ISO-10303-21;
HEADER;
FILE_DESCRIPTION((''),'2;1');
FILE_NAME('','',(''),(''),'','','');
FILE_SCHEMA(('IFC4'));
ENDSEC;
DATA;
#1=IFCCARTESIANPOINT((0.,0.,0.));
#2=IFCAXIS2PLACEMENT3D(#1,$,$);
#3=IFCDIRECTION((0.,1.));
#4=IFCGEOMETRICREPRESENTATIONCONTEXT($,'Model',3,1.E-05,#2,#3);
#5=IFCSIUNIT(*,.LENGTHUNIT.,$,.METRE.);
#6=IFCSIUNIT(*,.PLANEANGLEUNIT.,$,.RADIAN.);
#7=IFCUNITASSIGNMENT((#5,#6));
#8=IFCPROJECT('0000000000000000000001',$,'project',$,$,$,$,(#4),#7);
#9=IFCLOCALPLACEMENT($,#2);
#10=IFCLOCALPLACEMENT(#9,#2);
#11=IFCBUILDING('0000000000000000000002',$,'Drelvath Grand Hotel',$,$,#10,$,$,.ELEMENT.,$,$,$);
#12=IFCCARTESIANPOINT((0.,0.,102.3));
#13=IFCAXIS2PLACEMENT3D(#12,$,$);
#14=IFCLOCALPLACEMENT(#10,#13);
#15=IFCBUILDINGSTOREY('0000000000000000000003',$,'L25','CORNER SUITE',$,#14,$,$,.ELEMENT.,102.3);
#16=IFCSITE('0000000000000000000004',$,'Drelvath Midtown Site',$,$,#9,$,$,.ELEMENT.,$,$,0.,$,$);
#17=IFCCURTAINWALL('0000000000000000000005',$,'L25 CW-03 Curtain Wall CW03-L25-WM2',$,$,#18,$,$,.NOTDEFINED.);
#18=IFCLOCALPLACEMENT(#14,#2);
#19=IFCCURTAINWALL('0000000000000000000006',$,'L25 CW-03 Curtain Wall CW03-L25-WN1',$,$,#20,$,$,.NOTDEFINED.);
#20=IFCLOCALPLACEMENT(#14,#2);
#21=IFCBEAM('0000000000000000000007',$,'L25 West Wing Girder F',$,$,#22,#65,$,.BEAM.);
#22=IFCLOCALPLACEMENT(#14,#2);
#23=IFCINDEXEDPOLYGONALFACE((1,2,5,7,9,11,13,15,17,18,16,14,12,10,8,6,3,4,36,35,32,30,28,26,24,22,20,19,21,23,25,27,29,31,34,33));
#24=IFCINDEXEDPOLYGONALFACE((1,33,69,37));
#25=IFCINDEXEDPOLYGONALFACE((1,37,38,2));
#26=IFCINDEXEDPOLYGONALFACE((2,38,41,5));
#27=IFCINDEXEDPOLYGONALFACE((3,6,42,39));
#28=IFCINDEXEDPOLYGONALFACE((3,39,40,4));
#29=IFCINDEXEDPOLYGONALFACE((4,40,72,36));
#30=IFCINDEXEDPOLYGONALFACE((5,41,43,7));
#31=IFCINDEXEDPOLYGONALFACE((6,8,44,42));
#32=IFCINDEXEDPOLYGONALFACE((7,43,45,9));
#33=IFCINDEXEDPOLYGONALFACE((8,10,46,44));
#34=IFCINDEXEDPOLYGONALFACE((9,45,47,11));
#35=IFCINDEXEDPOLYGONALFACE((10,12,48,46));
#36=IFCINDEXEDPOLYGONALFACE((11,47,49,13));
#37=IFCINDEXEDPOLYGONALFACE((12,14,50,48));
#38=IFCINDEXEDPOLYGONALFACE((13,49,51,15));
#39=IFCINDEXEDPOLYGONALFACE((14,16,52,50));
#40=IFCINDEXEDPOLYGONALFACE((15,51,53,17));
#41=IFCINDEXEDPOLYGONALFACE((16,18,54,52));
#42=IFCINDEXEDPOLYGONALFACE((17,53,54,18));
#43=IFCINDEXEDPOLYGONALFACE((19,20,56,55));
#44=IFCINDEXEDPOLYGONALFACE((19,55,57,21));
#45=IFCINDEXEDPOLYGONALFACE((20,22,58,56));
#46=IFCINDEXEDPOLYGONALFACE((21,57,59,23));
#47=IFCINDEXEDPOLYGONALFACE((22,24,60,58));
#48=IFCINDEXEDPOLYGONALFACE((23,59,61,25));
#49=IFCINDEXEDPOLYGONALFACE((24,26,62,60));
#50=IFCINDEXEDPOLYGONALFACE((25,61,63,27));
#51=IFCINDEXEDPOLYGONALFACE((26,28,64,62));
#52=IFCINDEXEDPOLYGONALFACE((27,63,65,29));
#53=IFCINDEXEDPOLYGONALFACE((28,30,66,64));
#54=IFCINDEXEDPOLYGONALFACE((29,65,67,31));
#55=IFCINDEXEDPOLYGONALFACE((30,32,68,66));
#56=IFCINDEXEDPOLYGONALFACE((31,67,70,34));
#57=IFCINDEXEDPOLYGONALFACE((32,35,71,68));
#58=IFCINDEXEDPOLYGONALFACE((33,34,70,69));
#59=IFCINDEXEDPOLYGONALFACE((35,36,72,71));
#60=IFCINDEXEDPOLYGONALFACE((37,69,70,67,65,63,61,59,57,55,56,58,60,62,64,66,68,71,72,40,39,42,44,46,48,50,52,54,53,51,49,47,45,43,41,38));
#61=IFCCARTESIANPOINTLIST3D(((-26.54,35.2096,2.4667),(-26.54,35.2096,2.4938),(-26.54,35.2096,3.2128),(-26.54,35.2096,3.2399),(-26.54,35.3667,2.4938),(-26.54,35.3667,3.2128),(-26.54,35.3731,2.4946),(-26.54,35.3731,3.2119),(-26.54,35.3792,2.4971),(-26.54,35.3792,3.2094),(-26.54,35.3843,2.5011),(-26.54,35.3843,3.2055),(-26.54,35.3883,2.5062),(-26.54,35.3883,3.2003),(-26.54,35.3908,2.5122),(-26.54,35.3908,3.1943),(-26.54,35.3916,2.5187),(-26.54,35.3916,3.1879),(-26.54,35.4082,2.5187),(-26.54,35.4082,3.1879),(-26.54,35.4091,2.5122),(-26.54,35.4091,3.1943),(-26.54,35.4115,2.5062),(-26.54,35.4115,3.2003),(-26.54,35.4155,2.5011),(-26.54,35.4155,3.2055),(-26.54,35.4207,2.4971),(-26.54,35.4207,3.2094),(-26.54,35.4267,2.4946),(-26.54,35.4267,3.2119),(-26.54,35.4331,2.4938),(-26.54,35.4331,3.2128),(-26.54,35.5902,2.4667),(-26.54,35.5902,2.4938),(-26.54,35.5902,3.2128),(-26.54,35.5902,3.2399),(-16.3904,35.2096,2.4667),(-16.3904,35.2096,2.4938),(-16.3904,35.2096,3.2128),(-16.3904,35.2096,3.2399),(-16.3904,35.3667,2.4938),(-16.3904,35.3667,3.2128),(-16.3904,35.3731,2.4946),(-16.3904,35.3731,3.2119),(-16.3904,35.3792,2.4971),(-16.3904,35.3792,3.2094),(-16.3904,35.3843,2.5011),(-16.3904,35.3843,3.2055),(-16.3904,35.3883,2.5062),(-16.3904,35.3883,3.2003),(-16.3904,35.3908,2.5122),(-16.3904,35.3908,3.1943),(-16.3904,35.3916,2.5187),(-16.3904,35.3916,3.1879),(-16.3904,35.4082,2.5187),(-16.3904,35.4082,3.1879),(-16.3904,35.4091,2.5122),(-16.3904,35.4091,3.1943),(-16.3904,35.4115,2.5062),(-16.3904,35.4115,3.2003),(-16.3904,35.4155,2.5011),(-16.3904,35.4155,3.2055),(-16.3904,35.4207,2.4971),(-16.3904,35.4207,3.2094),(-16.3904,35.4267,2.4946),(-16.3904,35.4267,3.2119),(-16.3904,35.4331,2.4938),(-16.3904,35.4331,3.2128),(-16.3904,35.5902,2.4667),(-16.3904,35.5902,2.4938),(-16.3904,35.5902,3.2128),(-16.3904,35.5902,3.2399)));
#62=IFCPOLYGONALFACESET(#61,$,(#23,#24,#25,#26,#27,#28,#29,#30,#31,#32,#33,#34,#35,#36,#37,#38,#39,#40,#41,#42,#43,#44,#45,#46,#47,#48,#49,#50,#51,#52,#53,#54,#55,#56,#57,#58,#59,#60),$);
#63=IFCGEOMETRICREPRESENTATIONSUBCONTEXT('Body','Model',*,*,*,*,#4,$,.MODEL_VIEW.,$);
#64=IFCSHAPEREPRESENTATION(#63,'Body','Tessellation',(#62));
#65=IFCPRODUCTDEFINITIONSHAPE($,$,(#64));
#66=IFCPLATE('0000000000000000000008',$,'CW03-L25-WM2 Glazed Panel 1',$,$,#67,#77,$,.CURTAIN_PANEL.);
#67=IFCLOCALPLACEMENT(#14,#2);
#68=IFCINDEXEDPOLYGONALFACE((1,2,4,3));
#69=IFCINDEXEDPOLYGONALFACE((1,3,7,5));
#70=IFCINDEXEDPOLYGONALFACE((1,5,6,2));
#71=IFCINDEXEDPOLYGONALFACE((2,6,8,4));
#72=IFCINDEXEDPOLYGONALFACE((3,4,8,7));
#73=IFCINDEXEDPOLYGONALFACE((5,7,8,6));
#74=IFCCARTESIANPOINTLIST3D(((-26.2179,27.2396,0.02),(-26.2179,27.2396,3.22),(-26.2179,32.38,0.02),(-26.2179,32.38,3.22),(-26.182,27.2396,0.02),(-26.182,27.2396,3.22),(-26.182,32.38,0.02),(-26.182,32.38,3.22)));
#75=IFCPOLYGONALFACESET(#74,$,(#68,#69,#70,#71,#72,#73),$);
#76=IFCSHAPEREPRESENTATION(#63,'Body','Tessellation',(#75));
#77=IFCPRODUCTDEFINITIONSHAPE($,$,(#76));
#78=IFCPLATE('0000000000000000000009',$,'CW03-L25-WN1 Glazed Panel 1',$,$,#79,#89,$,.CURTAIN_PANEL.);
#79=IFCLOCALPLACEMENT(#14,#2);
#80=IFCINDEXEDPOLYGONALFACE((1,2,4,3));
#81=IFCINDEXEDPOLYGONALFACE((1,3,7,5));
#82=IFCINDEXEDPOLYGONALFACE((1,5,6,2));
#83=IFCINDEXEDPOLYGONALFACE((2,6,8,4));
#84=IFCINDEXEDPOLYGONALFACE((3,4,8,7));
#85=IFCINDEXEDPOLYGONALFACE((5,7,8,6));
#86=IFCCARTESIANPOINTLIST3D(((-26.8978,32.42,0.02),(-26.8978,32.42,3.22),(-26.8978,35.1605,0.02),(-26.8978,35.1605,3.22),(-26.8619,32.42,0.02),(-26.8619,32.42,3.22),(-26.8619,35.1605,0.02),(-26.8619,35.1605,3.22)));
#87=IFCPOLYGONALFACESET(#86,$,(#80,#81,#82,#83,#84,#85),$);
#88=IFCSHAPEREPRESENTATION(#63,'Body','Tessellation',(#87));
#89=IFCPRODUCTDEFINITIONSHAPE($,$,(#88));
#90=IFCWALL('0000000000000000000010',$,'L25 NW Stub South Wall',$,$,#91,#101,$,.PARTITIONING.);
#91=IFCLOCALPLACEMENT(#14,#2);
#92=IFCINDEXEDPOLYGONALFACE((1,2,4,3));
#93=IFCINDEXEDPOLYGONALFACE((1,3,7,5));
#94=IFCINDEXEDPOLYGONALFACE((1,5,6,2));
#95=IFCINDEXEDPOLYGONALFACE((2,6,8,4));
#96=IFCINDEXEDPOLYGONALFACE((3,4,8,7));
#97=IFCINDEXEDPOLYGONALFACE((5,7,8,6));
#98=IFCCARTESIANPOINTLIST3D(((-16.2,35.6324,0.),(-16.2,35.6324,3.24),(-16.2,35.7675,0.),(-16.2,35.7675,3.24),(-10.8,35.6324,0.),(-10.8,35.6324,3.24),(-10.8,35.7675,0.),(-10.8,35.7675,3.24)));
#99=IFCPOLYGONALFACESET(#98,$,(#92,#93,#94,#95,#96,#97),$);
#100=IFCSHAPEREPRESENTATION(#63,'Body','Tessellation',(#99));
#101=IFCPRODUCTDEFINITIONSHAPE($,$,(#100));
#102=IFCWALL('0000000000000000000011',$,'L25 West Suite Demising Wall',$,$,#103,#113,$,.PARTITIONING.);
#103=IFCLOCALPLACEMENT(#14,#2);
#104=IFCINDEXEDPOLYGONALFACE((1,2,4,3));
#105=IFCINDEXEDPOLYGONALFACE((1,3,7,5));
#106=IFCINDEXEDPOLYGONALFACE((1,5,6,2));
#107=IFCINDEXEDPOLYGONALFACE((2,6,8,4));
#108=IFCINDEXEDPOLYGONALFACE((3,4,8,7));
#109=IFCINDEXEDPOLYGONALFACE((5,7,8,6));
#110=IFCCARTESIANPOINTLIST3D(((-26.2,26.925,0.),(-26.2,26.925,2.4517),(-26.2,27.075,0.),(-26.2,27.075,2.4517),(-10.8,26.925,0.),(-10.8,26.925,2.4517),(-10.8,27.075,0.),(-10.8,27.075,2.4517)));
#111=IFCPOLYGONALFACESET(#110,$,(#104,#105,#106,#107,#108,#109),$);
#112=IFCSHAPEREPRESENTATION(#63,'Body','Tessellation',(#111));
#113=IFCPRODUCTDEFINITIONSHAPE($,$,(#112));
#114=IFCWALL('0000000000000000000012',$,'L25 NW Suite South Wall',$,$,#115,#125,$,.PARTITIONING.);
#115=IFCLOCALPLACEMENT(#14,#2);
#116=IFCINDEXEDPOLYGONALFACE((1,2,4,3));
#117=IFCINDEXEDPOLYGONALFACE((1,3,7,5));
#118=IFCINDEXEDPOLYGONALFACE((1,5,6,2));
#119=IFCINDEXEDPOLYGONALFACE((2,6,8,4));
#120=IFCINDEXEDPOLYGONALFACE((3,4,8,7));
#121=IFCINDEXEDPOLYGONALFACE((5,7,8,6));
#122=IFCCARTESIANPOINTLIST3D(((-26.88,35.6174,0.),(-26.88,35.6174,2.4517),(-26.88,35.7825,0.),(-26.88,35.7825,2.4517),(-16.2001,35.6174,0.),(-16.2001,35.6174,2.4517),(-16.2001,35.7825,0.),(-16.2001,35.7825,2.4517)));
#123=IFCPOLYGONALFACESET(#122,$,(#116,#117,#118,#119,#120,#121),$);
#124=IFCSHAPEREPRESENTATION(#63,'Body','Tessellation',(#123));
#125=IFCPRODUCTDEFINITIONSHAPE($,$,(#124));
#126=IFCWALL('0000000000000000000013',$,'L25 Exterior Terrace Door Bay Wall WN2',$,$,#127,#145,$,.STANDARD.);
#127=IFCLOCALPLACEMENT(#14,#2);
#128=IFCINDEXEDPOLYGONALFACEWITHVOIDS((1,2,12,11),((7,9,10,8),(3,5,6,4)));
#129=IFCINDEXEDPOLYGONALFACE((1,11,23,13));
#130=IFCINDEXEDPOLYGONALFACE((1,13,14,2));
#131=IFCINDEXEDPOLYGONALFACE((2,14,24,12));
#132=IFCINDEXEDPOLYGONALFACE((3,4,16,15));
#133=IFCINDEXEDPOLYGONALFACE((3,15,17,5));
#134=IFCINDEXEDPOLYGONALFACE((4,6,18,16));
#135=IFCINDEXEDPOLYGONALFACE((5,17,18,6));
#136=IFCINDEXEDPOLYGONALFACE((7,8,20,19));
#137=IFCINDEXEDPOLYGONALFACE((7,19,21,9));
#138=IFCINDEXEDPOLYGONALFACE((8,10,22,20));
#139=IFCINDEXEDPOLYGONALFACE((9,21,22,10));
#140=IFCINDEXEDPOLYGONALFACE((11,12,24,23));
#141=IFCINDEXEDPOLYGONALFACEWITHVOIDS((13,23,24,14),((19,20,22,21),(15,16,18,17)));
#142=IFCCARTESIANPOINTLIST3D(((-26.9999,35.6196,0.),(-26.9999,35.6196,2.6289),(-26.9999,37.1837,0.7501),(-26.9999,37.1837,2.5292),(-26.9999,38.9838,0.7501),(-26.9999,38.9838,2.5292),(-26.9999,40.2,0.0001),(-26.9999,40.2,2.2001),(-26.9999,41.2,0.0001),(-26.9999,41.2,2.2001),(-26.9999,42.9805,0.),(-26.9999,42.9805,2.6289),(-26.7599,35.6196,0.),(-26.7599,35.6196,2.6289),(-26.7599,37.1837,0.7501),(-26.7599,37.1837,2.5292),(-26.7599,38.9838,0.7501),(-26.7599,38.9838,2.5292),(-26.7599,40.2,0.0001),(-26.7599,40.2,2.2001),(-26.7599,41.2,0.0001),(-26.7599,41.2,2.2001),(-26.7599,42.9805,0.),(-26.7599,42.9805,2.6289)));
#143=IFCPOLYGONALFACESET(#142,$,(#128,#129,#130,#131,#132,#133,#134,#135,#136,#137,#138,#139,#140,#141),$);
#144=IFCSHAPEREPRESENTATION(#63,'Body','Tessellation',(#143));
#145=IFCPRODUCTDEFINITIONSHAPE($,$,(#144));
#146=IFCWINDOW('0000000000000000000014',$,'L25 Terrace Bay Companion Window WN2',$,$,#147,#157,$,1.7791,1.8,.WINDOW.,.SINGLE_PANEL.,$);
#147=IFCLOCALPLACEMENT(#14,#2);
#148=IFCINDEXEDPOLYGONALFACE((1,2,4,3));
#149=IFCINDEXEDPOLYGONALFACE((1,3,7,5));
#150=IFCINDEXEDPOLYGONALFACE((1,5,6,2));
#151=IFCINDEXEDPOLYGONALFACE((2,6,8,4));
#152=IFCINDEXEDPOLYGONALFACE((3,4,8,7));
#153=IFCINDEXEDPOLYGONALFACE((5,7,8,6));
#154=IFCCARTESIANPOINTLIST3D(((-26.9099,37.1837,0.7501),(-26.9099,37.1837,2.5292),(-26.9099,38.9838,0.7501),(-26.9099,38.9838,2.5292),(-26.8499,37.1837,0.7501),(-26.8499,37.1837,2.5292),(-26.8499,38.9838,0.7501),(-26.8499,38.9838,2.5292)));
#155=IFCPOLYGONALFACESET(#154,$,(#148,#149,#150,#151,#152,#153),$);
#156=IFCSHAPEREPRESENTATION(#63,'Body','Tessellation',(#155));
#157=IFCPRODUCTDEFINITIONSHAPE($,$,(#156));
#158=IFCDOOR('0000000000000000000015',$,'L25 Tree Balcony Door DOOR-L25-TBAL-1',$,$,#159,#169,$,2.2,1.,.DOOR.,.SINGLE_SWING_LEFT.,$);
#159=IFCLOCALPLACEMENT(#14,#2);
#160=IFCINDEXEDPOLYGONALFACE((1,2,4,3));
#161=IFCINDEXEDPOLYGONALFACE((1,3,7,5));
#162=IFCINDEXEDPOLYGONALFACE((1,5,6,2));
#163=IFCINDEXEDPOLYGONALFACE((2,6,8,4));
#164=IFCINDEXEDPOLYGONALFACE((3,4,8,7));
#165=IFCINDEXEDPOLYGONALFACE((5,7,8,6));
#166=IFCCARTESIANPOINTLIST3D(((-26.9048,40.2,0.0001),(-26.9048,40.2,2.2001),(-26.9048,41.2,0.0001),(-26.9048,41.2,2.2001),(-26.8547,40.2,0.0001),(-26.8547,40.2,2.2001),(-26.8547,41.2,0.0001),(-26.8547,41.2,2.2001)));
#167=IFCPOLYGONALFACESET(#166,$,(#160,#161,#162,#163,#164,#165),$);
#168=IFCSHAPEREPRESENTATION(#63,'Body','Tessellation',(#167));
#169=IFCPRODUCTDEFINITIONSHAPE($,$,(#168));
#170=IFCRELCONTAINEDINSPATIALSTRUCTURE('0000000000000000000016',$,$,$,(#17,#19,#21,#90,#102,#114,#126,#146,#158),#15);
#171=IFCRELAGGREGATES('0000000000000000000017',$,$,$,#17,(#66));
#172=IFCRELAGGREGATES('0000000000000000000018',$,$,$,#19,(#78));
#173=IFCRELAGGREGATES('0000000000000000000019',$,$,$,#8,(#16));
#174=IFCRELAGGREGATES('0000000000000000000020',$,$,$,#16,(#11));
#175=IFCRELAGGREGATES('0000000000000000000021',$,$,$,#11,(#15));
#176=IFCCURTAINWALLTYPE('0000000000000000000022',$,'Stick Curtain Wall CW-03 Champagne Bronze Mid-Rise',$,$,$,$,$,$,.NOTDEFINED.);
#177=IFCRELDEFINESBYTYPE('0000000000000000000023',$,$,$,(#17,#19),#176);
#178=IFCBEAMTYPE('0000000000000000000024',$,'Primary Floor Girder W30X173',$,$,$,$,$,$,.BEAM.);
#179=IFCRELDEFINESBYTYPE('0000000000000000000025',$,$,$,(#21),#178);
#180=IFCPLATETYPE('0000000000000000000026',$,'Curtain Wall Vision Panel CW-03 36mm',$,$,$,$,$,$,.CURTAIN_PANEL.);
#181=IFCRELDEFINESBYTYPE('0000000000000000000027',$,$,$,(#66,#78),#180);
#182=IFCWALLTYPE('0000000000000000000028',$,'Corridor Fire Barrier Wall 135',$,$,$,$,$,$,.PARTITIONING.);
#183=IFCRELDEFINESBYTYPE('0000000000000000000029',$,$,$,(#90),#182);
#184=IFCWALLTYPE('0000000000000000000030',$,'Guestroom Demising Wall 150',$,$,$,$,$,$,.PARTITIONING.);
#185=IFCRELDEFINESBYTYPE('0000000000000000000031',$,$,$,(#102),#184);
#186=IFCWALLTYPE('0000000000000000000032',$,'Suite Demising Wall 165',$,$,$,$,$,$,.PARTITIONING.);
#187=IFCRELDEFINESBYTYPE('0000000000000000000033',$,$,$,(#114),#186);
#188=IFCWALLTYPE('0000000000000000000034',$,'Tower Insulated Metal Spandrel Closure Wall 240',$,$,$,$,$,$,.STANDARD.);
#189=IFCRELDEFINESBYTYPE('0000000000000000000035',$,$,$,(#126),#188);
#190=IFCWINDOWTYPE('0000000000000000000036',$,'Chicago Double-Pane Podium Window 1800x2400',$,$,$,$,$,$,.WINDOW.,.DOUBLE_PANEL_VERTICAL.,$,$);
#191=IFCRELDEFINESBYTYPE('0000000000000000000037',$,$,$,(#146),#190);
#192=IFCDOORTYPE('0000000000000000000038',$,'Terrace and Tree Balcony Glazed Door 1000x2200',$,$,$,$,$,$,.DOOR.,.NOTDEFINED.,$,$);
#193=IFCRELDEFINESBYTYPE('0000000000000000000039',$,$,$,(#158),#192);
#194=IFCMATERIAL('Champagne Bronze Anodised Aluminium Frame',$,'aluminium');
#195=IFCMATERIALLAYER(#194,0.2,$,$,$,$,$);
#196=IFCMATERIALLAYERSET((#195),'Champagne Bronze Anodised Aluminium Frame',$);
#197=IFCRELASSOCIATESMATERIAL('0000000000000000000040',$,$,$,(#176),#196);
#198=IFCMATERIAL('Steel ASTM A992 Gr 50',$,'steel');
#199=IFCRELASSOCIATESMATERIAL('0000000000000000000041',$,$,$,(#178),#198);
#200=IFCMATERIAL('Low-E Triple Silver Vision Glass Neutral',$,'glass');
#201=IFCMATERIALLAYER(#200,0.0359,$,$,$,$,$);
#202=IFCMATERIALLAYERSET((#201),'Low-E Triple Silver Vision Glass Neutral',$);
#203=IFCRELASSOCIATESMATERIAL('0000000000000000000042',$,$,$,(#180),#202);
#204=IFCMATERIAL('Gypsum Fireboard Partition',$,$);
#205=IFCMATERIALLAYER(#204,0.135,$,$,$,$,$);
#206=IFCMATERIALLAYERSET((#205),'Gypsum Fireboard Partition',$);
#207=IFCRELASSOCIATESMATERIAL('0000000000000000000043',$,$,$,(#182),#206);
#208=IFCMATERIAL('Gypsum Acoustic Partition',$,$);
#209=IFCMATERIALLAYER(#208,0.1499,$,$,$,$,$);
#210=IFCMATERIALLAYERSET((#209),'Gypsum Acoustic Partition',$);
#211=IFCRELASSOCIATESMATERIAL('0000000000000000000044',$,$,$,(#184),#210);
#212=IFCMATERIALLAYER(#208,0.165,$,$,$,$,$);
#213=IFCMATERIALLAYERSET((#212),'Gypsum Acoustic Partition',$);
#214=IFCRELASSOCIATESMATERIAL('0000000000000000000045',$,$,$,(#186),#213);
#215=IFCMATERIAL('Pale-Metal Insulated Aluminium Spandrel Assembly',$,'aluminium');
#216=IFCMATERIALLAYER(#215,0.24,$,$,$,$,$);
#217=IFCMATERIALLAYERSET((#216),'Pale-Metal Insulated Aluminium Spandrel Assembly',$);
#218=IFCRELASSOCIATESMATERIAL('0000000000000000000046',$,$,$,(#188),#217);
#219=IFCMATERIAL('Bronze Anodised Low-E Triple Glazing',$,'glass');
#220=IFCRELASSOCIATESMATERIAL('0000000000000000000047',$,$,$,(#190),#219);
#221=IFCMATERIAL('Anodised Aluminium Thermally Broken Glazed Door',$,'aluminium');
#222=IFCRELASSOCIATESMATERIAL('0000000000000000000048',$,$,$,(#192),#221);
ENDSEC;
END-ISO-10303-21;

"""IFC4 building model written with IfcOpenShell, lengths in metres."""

from ifc_helpers import new_model, si_unit, direction, frame, frame_2d, origin, origin_2d, place, context, subcontext, project, spatial, rectangle, i_section, extrude, material, layer, layer_set, material_profile, profile_set, type_object, element, fill, aggregate, save


model = new_model("IFC4")

# Units and contexts
model_context = context("Model", 3, precision=1e-05, world=origin(), true_north=direction((0.0, 1.0)))
body_context = subcontext(model_context, "Body", "Model", "MODEL_VIEW")
ifc_project = project(units=[si_unit("LENGTHUNIT", "METRE"), si_unit("PLANEANGLEUNIT", "RADIAN")], contexts=[model_context])

# Site, building, storey
site_placement = place(None, origin())
site = spatial("IfcSite", under=ifc_project, at=site_placement, Name="Drelvath Midtown Site", CompositionType="ELEMENT", RefElevation=0.0)
building_placement = place(site_placement, origin())
building = spatial("IfcBuilding", under=site, at=building_placement, Name="Drelvath Grand Hotel", CompositionType="ELEMENT")
storey_placement = place(building_placement, frame((0.0, 0.0, 102.3)))
storey = spatial("IfcBuildingStorey", under=building, at=storey_placement, Name="L25", Description="CORNER SUITE", CompositionType="ELEMENT", Elevation=102.3)

# Curtain walls
ifc_material_1 = material(Name="Champagne Bronze Anodised Aluminium Frame", Category="aluminium")
ifc_layer_1 = layer(ifc_material_1, 0.2)
ifc_layer_set_1 = layer_set([ifc_layer_1], Name="Champagne Bronze Anodised Aluminium Frame")
curtain_wall_type = type_object("IfcCurtainWallType", Name="Stick Curtain Wall CW-03 Champagne Bronze Mid-Rise", PredefinedType="NOTDEFINED", material=ifc_layer_set_1)
curtain_wall_1_placement = place(storey_placement, origin())
curtain_wall_1 = element("IfcCurtainWall", 1, at=curtain_wall_1_placement, inside=storey, type_object=curtain_wall_type, Name="L25 CW-03 Curtain Wall CW03-L25-WM2", PredefinedType="NOTDEFINED")
curtain_wall_2_placement = place(storey_placement, origin())
curtain_wall_2 = element("IfcCurtainWall", 2, at=curtain_wall_2_placement, inside=storey, type_object=curtain_wall_type, Name="L25 CW-03 Curtain Wall CW03-L25-WN1", PredefinedType="NOTDEFINED")

# Beam
ifc_material_2 = material(Name="Steel ASTM A992 Gr 50", Category="steel")
ifc_material_profile_1 = material_profile(ifc_material_2, i_section(OverallWidth=0.3806, OverallDepth=0.7732, WebThickness=0.0166, FlangeThickness=0.0271, FilletRadius=0.0249, at=origin_2d()), Name="W30X173")
ifc_profile_set_1 = profile_set([ifc_material_profile_1], Name="Steel ASTM A992 Gr 50")
beam_type_1 = type_object("IfcBeamType", Name="Primary Floor Girder W30X173", PredefinedType="BEAM", material=ifc_profile_set_1)
beam_1_placement = place(storey_placement, frame((-26.54, 35.3999, 2.8533), z_axis=(1.0, 0.0, 0.0), x_axis=(0.0, 1.0, 0.0)))
element("IfcBeam", 3, at=beam_1_placement, inside=storey, type_object=beam_type_1, Name="L25 West Wing Girder F", PredefinedType="BEAM", context=body_context, shape_type="SweptSolid", body=[
    extrude(i_section(OverallWidth=0.3806, OverallDepth=0.7732, WebThickness=0.0166, FlangeThickness=0.0271, FilletRadius=0.0249, at=origin_2d()), origin(), (0.0, 0.0, 1.0), 10.1497),
])

# Plates
ifc_material_3 = material(Name="Low-E Triple Silver Vision Glass Neutral", Category="glass")
ifc_layer_2 = layer(ifc_material_3, 0.0359)
ifc_layer_set_2 = layer_set([ifc_layer_2], Name="Low-E Triple Silver Vision Glass Neutral")
plate_type = type_object("IfcPlateType", Name="Curtain Wall Vision Panel CW-03 36mm", PredefinedType="CURTAIN_PANEL", material=ifc_layer_set_2)
plate_1_placement = place(storey_placement, frame((-26.2, 29.8098, 0.02), z_axis=(0.0, 0.0, 1.0), x_axis=(0.0, 1.0, 0.0)))
plate_1 = element("IfcPlate", 4, at=plate_1_placement, type_object=plate_type, Name="CW03-L25-WM2 Glazed Panel 1", PredefinedType="CURTAIN_PANEL", context=body_context, shape_type="SweptSolid", body=[
    extrude(rectangle(XDim=5.1404, YDim=0.0359, at=origin_2d()), origin(), (0.0, 0.0, 1.0), 3.2),
])
aggregate(curtain_wall_1, [plate_1])
plate_2_placement = place(storey_placement, frame((-26.8799, 33.7903, 0.02), z_axis=(0.0, 0.0, 1.0), x_axis=(0.0, 1.0, 0.0)))
plate_2 = element("IfcPlate", 5, at=plate_2_placement, type_object=plate_type, Name="CW03-L25-WN1 Glazed Panel 1", PredefinedType="CURTAIN_PANEL", context=body_context, shape_type="SweptSolid", body=[
    extrude(rectangle(XDim=2.7405, YDim=0.0359, at=origin_2d()), origin(), (0.0, 0.0, 1.0), 3.2),
])
aggregate(curtain_wall_2, [plate_2])

# Walls
ifc_material_4 = material(Name="Gypsum Fireboard Partition")
ifc_layer_3 = layer(ifc_material_4, 0.135)
ifc_layer_set_3 = layer_set([ifc_layer_3], Name="Gypsum Fireboard Partition")
wall_type_1 = type_object("IfcWallType", Name="Corridor Fire Barrier Wall 135", PredefinedType="PARTITIONING", material=ifc_layer_set_3)
wall_1_placement = place(storey_placement, frame((-16.2, 35.7, 0.0), z_axis=(0.0, 0.0, 1.0), x_axis=(1.0, 0.0, 0.0)))
element("IfcWall", 6, at=wall_1_placement, inside=storey, type_object=wall_type_1, Name="L25 NW Stub South Wall", PredefinedType="PARTITIONING", context=body_context, shape_type="SweptSolid", body=[
    extrude(rectangle(XDim=5.3999, YDim=0.135, at=frame_2d((2.7, 0.0))), origin(), (0.0, 0.0, 1.0), 3.24),
])
ifc_material_5 = material(Name="Gypsum Acoustic Partition")
ifc_layer_4 = layer(ifc_material_5, 0.1499)
ifc_layer_set_4 = layer_set([ifc_layer_4], Name="Gypsum Acoustic Partition")
wall_type_2 = type_object("IfcWallType", Name="Guestroom Demising Wall 150", PredefinedType="PARTITIONING", material=ifc_layer_set_4)
wall_2_placement = place(storey_placement, frame((-26.2, 27.0, 0.0), z_axis=(0.0, 0.0, 1.0), x_axis=(1.0, 0.0, 0.0)))
element("IfcWall", 7, at=wall_2_placement, inside=storey, type_object=wall_type_2, Name="L25 West Suite Demising Wall", PredefinedType="PARTITIONING", context=body_context, shape_type="SweptSolid", body=[
    extrude(rectangle(XDim=15.3999, YDim=0.1499, at=frame_2d((7.7, 0.0))), origin(), (0.0, 0.0, 1.0), 2.4517),
])
ifc_layer_5 = layer(ifc_material_5, 0.165)
ifc_layer_set_5 = layer_set([ifc_layer_5], Name="Gypsum Acoustic Partition")
wall_type_3 = type_object("IfcWallType", Name="Suite Demising Wall 165", PredefinedType="PARTITIONING", material=ifc_layer_set_5)
wall_3_placement = place(storey_placement, frame((-26.8799, 35.7, 0.0), z_axis=(0.0, 0.0, 1.0), x_axis=(1.0, 0.0, 0.0)))
element("IfcWall", 8, at=wall_3_placement, inside=storey, type_object=wall_type_3, Name="L25 NW Suite South Wall", PredefinedType="PARTITIONING", context=body_context, shape_type="SweptSolid", body=[
    extrude(rectangle(XDim=10.6799, YDim=0.165, at=frame_2d((5.3398, 0.0))), origin(), (0.0, 0.0, 1.0), 2.4517),
])

# Wall, openings, window, door
ifc_material_6 = material(Name="Pale-Metal Insulated Aluminium Spandrel Assembly", Category="aluminium")
ifc_layer_6 = layer(ifc_material_6, 0.24)
ifc_layer_set_6 = layer_set([ifc_layer_6], Name="Pale-Metal Insulated Aluminium Spandrel Assembly")
wall_type_4 = type_object("IfcWallType", Name="Tower Insulated Metal Spandrel Closure Wall 240", PredefinedType="STANDARD", material=ifc_layer_set_6)
wall_4_placement = place(storey_placement, frame((-26.8799, 35.6196, 0.0), z_axis=(0.0, 0.0, 1.0), x_axis=(0.0, 1.0, 0.0)))
wall_4 = element("IfcWall", 9, at=wall_4_placement, inside=storey, type_object=wall_type_4, Name="L25 Exterior Terrace Door Bay Wall WN2", PredefinedType="STANDARD", context=body_context, shape_type="SweptSolid", body=[
    extrude(rectangle(XDim=7.3608, YDim=0.24, at=frame_2d((3.6804, 0.0))), origin(), (0.0, 0.0, 1.0), 2.6289),
])
opening_1_placement = place(wall_4_placement, frame((4.5803, 0.0, 0.0)))
opening_1 = element("IfcOpeningElement", 10, at=opening_1_placement, cuts=wall_4, PredefinedType="OPENING", context=body_context, shape_type="SweptSolid", body=[
    extrude(rectangle(XDim=1.0, YDim=2.2, at=frame_2d((0.5, 1.1001))), frame((0.0, 0.1299, 0.0), z_axis=(0.0, -1.0, 0.0), x_axis=(1.0, 0.0, 0.0)), (0.0, 0.0, 1.0), 0.26),
])
opening_2_placement = place(wall_4_placement, frame((1.5642, 0.0, 0.75)))
opening_2 = element("IfcOpeningElement", 11, at=opening_2_placement, cuts=wall_4, PredefinedType="OPENING", context=body_context, shape_type="SweptSolid", body=[
    extrude(rectangle(XDim=1.8, YDim=1.7791, at=frame_2d((0.8999, 0.8896))), frame((0.0, 0.1299, 0.0), z_axis=(0.0, -1.0, 0.0), x_axis=(1.0, 0.0, 0.0)), (0.0, 0.0, 1.0), 0.26),
])
ifc_material_7 = material(Name="Bronze Anodised Low-E Triple Glazing", Category="glass")
window_type = type_object("IfcWindowType", Name="Chicago Double-Pane Podium Window 1800x2400", PartitioningType="DOUBLE_PANEL_VERTICAL", PredefinedType="WINDOW", material=ifc_material_7)
window_placement = place(opening_2_placement, origin())
window = element("IfcWindow", 12, at=window_placement, inside=storey, type_object=window_type, Name="L25 Terrace Bay Companion Window WN2", OverallHeight=1.7791, OverallWidth=1.8, PartitioningType="SINGLE_PANEL", PredefinedType="WINDOW", context=body_context, shape_type="SweptSolid", body=[
    extrude(rectangle(XDim=1.8, YDim=1.7791, at=frame_2d((0.8999, 0.8896))), frame((0.0, 0.03, 0.0), z_axis=(0.0, -1.0, 0.0), x_axis=(1.0, 0.0, 0.0)), (0.0, 0.0, 1.0), 0.0601),
])
fill(opening_2, window)
ifc_material_8 = material(Name="Anodised Aluminium Thermally Broken Glazed Door", Category="aluminium")
door_type = type_object("IfcDoorType", Name="Terrace and Tree Balcony Glazed Door 1000x2200", OperationType="NOTDEFINED", PredefinedType="DOOR", material=ifc_material_8)
door_placement = place(opening_1_placement, origin())
door = element("IfcDoor", 13, at=door_placement, inside=storey, type_object=door_type, Name="L25 Tree Balcony Door DOOR-L25-TBAL-1", OperationType="SINGLE_SWING_LEFT", OverallHeight=2.2, OverallWidth=1.0, PredefinedType="DOOR", context=body_context, shape_type="SweptSolid", body=[
    extrude(rectangle(XDim=1.0, YDim=2.2, at=frame_2d((0.5, 1.1001))), frame((0.0, 0.0249, 0.0), z_axis=(0.0, -1.0, 0.0), x_axis=(1.0, 0.0, 0.0)), (0.0, 0.0, 1.0), 0.05),
])
fill(opening_1, door)

save(model, "model.ifc")
